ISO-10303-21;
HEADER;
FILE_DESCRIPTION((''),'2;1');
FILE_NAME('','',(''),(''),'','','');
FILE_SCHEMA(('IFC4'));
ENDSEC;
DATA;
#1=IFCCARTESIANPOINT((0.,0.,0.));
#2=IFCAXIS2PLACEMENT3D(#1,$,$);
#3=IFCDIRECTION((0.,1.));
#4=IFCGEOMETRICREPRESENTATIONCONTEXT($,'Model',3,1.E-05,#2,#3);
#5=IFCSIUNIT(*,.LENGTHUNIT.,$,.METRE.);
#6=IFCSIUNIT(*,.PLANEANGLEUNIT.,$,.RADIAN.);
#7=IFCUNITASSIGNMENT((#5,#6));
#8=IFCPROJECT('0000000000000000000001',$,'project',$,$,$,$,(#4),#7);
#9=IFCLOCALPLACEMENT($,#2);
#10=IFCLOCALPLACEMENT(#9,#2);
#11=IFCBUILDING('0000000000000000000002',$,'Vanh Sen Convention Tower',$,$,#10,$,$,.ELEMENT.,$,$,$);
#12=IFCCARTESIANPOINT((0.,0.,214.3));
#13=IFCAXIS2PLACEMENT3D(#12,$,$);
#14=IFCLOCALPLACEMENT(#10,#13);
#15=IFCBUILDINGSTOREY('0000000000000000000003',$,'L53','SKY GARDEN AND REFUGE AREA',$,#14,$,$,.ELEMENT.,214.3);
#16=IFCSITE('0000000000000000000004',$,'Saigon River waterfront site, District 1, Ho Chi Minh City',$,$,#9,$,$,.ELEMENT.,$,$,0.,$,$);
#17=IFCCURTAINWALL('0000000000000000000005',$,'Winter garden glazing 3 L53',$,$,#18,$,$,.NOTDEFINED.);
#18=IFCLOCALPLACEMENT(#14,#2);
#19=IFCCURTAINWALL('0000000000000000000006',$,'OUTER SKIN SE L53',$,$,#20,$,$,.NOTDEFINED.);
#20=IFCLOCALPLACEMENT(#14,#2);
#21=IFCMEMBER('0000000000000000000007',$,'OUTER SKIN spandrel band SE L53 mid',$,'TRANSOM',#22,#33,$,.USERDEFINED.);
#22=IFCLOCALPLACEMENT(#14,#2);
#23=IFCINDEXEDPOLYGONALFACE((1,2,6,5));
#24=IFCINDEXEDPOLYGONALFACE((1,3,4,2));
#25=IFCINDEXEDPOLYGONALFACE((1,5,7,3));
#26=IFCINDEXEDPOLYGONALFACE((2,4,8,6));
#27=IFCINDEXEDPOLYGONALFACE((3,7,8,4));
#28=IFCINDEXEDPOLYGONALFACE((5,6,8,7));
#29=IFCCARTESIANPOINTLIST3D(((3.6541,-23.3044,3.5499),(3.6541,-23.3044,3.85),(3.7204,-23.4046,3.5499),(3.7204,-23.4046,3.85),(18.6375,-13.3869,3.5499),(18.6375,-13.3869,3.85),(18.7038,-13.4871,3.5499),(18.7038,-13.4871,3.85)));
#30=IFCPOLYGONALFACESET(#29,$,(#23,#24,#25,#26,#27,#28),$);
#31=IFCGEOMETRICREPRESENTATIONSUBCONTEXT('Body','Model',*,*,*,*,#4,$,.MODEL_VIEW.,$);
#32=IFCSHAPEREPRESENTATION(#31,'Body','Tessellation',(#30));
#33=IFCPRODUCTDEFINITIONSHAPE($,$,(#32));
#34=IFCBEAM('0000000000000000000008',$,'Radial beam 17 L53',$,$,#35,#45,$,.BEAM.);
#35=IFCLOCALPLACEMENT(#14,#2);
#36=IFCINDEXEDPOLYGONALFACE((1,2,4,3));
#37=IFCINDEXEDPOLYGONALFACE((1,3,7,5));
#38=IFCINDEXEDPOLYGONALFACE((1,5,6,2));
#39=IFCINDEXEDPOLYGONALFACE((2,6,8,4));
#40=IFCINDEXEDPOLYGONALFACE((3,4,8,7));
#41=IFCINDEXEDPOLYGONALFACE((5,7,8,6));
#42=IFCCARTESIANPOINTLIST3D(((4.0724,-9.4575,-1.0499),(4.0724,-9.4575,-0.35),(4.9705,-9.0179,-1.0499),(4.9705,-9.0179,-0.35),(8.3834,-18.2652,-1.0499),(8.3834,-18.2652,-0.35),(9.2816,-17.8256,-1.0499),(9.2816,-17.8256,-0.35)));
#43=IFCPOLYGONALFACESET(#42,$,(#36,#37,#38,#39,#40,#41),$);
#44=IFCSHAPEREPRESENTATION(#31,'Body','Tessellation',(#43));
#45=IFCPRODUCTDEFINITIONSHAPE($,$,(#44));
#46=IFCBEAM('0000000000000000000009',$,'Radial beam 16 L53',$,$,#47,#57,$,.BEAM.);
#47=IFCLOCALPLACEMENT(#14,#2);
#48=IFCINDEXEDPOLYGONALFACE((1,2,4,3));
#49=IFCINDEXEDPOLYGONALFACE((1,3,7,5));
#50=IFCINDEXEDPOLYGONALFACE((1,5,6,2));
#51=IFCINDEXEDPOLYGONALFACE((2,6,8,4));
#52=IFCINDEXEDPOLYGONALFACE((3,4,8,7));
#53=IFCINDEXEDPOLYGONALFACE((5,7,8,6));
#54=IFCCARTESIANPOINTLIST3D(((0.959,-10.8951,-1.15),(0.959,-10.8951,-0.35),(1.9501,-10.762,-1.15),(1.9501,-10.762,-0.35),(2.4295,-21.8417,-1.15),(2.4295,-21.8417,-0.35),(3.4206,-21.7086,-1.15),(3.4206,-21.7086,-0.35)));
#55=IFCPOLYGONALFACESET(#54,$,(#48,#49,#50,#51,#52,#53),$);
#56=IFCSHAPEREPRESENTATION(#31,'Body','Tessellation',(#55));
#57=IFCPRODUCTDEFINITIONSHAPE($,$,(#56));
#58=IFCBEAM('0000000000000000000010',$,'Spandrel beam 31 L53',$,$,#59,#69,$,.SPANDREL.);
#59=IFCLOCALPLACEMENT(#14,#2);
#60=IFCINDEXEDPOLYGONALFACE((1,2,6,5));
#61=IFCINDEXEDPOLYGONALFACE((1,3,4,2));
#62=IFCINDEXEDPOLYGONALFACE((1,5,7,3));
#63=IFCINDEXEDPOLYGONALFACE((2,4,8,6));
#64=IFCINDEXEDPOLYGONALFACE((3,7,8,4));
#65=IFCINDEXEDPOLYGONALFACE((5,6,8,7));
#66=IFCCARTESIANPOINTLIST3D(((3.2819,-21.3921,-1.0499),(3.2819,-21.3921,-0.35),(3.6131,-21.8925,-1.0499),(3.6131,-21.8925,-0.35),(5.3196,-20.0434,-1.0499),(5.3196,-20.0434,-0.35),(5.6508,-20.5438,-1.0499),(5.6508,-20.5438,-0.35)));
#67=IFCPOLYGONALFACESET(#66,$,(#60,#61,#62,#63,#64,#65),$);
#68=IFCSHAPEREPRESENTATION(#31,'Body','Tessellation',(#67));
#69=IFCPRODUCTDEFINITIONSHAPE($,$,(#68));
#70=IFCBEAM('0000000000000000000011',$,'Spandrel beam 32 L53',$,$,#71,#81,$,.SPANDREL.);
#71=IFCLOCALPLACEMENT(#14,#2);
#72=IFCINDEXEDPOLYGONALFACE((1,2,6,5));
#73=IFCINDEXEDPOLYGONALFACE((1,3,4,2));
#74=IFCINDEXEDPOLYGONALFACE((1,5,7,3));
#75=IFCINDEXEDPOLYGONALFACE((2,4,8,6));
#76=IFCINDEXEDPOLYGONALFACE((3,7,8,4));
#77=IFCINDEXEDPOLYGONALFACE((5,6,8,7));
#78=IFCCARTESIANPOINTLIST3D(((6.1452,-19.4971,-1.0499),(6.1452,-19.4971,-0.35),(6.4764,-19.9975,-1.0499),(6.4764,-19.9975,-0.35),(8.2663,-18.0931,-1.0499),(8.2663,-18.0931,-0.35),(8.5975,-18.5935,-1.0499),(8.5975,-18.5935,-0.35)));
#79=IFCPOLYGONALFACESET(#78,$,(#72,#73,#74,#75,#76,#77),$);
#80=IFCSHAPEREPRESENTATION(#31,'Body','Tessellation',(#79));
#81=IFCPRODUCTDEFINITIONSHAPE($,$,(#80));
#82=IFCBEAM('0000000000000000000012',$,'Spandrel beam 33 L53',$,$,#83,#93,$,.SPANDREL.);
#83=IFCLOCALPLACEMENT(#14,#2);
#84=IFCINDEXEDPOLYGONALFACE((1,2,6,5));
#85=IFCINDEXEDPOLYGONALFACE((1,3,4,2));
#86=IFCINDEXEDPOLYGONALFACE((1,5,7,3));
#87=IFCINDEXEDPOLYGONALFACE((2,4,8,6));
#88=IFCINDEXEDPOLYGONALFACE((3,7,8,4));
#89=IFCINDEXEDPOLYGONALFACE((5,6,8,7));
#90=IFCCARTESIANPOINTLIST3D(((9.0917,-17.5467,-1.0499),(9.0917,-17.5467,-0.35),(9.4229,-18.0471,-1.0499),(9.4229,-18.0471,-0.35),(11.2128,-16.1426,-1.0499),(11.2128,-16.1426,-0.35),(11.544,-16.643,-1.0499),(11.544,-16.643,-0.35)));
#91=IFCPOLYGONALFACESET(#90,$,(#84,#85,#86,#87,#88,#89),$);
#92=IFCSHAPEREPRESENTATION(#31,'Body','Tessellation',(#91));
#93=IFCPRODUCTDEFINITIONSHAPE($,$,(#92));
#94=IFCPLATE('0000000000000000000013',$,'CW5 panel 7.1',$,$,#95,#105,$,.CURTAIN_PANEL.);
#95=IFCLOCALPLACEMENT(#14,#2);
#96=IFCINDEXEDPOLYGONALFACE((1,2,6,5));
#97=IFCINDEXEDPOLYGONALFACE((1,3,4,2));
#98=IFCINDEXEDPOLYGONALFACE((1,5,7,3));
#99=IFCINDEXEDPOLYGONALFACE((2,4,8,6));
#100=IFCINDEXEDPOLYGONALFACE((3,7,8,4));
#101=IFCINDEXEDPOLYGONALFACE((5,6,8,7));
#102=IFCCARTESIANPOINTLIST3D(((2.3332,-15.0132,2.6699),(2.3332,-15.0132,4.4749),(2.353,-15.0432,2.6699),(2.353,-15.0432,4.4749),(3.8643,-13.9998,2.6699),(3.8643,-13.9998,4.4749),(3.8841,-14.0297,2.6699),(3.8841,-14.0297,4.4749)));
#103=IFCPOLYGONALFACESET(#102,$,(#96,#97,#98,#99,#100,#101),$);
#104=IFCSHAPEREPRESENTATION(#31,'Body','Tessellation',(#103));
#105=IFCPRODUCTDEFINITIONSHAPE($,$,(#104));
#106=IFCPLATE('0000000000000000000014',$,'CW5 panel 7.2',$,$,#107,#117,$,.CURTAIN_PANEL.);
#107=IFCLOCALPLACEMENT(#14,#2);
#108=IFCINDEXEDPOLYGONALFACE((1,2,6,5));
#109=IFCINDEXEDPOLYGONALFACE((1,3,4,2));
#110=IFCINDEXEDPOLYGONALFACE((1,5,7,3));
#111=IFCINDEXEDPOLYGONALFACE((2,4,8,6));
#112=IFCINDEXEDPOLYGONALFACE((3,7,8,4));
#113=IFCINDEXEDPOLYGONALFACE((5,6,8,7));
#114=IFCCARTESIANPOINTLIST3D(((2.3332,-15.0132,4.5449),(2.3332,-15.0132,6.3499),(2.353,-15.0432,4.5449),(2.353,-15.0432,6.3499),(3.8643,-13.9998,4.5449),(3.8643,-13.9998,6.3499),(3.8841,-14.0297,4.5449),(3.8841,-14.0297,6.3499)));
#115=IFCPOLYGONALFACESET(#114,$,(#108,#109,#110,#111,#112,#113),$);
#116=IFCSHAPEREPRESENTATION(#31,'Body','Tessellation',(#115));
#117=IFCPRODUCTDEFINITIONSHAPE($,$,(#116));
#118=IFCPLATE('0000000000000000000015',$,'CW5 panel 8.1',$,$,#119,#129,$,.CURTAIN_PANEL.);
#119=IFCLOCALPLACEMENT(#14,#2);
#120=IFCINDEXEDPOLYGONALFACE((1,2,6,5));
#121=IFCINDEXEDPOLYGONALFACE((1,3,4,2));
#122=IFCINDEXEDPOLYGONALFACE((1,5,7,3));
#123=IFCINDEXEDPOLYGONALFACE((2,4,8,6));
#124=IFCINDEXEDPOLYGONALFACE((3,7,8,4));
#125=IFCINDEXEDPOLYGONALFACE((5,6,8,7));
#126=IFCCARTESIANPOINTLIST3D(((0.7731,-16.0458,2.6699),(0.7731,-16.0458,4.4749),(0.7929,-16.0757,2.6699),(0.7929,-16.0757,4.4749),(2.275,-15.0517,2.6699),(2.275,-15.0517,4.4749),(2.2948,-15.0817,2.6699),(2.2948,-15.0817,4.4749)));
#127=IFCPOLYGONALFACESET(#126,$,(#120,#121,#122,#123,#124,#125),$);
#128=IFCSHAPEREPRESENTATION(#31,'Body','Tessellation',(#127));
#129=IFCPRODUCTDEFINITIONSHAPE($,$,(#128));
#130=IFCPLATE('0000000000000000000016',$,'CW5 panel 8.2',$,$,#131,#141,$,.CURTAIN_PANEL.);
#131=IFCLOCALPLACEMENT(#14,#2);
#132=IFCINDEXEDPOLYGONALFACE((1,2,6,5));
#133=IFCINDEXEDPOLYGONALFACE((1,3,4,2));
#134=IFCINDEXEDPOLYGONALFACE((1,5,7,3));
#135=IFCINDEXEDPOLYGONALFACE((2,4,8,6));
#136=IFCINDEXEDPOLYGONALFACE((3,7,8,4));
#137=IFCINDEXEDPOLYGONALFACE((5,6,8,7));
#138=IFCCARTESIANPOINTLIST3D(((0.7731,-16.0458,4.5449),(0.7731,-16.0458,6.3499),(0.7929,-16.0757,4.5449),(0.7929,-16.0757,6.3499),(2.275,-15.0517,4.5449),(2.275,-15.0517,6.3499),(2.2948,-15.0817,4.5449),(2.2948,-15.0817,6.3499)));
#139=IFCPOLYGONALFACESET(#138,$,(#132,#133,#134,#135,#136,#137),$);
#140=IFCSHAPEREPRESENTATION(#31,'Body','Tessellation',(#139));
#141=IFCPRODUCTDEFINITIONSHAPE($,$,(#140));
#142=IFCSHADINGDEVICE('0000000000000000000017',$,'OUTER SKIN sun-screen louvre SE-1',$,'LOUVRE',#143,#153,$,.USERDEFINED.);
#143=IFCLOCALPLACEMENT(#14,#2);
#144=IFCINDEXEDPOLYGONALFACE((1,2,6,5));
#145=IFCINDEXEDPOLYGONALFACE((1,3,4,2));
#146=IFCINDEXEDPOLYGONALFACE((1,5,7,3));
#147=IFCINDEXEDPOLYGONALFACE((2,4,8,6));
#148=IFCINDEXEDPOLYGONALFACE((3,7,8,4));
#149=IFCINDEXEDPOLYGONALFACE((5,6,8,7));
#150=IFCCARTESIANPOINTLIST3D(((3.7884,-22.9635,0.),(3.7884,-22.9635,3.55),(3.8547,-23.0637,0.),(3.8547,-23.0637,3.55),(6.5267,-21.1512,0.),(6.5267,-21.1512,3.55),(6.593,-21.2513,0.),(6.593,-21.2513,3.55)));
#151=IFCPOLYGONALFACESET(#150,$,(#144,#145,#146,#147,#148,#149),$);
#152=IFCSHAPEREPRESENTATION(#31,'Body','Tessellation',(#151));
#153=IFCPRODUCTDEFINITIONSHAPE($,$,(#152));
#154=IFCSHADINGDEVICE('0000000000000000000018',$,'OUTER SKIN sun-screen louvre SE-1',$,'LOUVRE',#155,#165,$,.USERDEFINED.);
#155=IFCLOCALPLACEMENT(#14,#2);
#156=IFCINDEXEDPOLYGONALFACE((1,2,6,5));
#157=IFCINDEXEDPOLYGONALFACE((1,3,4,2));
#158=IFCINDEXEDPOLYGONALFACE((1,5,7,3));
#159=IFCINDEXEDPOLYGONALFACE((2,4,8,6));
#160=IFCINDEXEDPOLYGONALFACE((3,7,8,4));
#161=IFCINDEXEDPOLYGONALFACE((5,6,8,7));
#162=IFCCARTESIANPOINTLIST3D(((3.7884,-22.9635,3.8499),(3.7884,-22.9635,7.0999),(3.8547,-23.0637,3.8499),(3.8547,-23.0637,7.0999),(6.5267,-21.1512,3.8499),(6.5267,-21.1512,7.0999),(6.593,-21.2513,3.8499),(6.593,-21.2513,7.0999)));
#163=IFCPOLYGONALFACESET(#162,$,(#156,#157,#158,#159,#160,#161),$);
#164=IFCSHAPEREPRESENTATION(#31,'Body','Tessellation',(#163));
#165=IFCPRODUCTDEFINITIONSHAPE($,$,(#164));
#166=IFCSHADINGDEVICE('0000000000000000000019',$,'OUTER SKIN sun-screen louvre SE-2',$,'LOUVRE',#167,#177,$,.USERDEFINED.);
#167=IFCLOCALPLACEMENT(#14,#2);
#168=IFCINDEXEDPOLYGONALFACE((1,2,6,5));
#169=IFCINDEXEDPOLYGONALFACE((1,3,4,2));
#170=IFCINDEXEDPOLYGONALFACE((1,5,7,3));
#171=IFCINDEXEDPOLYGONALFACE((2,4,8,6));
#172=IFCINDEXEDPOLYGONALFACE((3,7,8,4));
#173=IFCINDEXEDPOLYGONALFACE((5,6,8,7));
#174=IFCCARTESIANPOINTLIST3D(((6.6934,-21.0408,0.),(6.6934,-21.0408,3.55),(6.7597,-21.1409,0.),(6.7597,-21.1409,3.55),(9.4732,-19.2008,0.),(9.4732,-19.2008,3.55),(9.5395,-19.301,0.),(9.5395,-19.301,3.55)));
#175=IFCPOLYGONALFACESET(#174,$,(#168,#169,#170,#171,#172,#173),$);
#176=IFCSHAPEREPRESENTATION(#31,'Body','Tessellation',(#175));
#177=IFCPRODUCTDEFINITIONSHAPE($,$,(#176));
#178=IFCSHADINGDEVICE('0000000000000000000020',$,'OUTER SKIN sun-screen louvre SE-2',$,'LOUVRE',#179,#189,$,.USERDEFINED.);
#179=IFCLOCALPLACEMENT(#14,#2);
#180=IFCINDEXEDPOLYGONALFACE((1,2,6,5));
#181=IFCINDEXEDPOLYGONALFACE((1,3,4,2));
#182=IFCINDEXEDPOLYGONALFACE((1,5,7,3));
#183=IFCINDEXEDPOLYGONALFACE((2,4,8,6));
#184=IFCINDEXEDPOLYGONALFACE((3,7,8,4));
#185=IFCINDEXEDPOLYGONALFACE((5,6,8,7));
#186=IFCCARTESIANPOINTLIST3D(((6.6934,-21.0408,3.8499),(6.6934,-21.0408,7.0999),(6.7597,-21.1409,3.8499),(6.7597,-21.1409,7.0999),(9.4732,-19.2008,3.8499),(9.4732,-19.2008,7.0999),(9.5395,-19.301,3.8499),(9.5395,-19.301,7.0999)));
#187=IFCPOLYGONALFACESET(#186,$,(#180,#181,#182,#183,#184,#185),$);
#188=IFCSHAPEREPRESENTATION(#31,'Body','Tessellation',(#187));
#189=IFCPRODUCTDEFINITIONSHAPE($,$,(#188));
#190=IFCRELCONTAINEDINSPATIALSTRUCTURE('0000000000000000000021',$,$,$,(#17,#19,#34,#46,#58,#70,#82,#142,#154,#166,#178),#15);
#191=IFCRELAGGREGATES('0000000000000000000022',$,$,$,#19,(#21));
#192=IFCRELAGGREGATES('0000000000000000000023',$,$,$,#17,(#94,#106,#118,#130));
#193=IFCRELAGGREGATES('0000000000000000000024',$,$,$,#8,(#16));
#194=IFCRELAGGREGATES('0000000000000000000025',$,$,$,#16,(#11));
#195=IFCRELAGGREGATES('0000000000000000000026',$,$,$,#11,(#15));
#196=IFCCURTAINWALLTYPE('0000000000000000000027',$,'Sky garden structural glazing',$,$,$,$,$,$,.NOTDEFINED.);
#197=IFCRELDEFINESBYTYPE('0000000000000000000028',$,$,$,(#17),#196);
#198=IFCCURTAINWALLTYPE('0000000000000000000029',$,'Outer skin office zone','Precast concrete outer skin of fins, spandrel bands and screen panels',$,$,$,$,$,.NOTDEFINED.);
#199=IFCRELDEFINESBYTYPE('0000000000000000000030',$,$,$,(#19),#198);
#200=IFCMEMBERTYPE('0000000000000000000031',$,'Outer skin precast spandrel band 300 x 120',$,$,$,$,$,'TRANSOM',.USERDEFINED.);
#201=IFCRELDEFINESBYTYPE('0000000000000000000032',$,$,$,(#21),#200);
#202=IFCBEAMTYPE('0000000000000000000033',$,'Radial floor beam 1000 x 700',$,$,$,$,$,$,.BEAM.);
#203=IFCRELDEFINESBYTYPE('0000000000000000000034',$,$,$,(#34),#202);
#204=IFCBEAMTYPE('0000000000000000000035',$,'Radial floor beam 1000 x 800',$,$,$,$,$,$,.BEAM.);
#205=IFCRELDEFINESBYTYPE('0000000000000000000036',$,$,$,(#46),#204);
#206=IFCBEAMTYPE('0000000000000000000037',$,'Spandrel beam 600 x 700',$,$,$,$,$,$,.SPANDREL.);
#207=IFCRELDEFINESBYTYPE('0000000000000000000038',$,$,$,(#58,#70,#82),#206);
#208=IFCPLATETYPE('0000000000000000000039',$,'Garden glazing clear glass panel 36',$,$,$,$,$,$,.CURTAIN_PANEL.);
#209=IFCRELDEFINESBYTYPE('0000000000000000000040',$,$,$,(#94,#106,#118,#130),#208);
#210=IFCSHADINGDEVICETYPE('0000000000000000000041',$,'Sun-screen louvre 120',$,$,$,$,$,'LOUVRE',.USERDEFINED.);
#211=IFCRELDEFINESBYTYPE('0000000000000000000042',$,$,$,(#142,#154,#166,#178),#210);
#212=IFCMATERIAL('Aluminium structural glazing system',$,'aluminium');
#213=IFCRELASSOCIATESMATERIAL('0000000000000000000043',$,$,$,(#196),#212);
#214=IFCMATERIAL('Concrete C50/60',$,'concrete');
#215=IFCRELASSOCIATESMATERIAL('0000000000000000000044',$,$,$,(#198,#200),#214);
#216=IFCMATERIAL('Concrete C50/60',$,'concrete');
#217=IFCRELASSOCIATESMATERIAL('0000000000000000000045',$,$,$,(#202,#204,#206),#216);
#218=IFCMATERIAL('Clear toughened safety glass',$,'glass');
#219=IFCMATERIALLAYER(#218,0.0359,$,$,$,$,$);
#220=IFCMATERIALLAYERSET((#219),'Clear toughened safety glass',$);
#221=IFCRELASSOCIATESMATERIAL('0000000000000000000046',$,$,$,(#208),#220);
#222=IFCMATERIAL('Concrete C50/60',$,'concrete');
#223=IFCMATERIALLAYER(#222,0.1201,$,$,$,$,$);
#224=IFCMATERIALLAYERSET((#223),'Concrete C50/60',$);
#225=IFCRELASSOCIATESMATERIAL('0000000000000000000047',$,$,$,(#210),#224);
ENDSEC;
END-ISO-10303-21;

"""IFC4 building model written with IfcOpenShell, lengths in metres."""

from ifc_helpers import new_model, si_unit, direction, frame, origin, origin_2d, place, context, subcontext, project, spatial, rectangle, extrude, material, layer, layer_set, material_profile, profile_set, type_object, element, aggregate, save


model = new_model("IFC4")

# Units and contexts
model_context = context("Model", 3, precision=1e-05, world=origin(), true_north=direction((0.0, 1.0)))
body_context = subcontext(model_context, "Body", "Model", "MODEL_VIEW")
ifc_project = project(units=[si_unit("LENGTHUNIT", "METRE"), si_unit("PLANEANGLEUNIT", "RADIAN")], contexts=[model_context])

# Site, building, storey
site_placement = place(None, origin())
site = spatial("IfcSite", under=ifc_project, at=site_placement, Name="Saigon River waterfront site, District 1, Ho Chi Minh City", CompositionType="ELEMENT", RefElevation=0.0)
building_placement = place(site_placement, origin())
building = spatial("IfcBuilding", under=site, at=building_placement, Name="Vanh Sen Convention Tower", CompositionType="ELEMENT")
storey_placement = place(building_placement, frame((0.0, 0.0, 214.3)))
storey = spatial("IfcBuildingStorey", under=building, at=storey_placement, Name="L53", Description="SKY GARDEN AND REFUGE AREA", CompositionType="ELEMENT", Elevation=214.3)

# Curtain walls, member
ifc_material_1 = material(Name="Aluminium structural glazing system", Category="aluminium")
curtain_wall_type_1 = type_object("IfcCurtainWallType", Name="Sky garden structural glazing", PredefinedType="NOTDEFINED", material=ifc_material_1)
curtain_wall_1_placement = place(storey_placement, origin())
curtain_wall_1 = element("IfcCurtainWall", 1, at=curtain_wall_1_placement, inside=storey, type_object=curtain_wall_type_1, Name="Winter garden glazing 3 L53", PredefinedType="NOTDEFINED")
ifc_material_2 = material(Name="Concrete C50/60", Category="concrete")
curtain_wall_type_2 = type_object("IfcCurtainWallType", Name="Outer skin office zone", Description="Precast concrete outer skin of fins, spandrel bands and screen panels", PredefinedType="NOTDEFINED", material=ifc_material_2)
curtain_wall_2_placement = place(storey_placement, origin())
curtain_wall_2 = element("IfcCurtainWall", 2, at=curtain_wall_2_placement, inside=storey, type_object=curtain_wall_type_2, Name="OUTER SKIN SE L53", PredefinedType="NOTDEFINED")
ifc_material_profile_1 = material_profile(ifc_material_2, rectangle(XDim=0.1201, YDim=0.3, at=origin_2d()), Name="Outer skin precast spandrel band 300 x 120")
ifc_profile_set_1 = profile_set([ifc_material_profile_1], Name="Concrete C50/60")
member_type_1 = type_object("IfcMemberType", Name="Outer skin precast spandrel band 300 x 120", ElementType="TRANSOM", PredefinedType="USERDEFINED", material=ifc_profile_set_1)
member_1_placement = place(storey_placement, frame((3.6873, -23.3545, 3.7), z_axis=(0.833881, 0.551944, 0.0), x_axis=(-0.551944, 0.833881, 0.0)))
member_1 = element("IfcMember", 3, at=member_1_placement, type_object=member_type_1, Name="OUTER SKIN spandrel band SE L53 mid", ObjectType="TRANSOM", PredefinedType="USERDEFINED", context=body_context, shape_type="SweptSolid", body=[
    extrude(rectangle(XDim=0.1201, YDim=0.3, at=origin_2d()), origin(), (0.0, 0.0, 1.0), 17.9683),
])
aggregate(curtain_wall_2, [member_1])

# Beams
ifc_material_3 = material(Name="Concrete C50/60", Category="concrete")
ifc_material_profile_2 = material_profile(ifc_material_3, rectangle(XDim=1.0, YDim=0.7, at=origin_2d()), Name="RC 1000X700")
ifc_profile_set_2 = profile_set([ifc_material_profile_2], Name="Concrete C50/60")
beam_type_1 = type_object("IfcBeamType", Name="Radial floor beam 1000 x 700", PredefinedType="BEAM", material=ifc_profile_set_2)
beam_1_placement = place(storey_placement, frame((8.8325, -18.0454, -0.7), z_axis=(-0.439629, 0.898179, 0.0), x_axis=(-0.898179, -0.439629, 0.0)))
element("IfcBeam", 4, at=beam_1_placement, inside=storey, type_object=beam_type_1, Name="Radial beam 17 L53", PredefinedType="BEAM", context=body_context, shape_type="SweptSolid", body=[
    extrude(rectangle(XDim=1.0, YDim=0.7, at=origin_2d()), origin(), (0.0, 0.0, 1.0), 9.8062),
])
ifc_material_profile_3 = material_profile(ifc_material_3, rectangle(XDim=1.0, YDim=0.8, at=origin_2d()), Name="RC 1000X800")
ifc_profile_set_3 = profile_set([ifc_material_profile_3], Name="Concrete C50/60")
beam_type_2 = type_object("IfcBeamType", Name="Radial floor beam 1000 x 800", PredefinedType="BEAM", material=ifc_profile_set_3)
beam_2_placement = place(storey_placement, frame((2.925, -21.7751, -0.75), z_axis=(-0.133135, 0.991098, 0.0), x_axis=(-0.991098, -0.133135, 0.0)))
element("IfcBeam", 5, at=beam_2_placement, inside=storey, type_object=beam_type_2, Name="Radial beam 16 L53", PredefinedType="BEAM", context=body_context, shape_type="SweptSolid", body=[
    extrude(rectangle(XDim=1.0, YDim=0.8, at=origin_2d()), origin(), (0.0, 0.0, 1.0), 11.0449),
])
ifc_material_profile_4 = material_profile(ifc_material_3, rectangle(XDim=0.6001, YDim=0.7, at=origin_2d()), Name="RC 600X700")
ifc_profile_set_4 = profile_set([ifc_material_profile_4], Name="Concrete C50/60")
beam_type_3 = type_object("IfcBeamType", Name="Spandrel beam 600 x 700", PredefinedType="SPANDREL", material=ifc_profile_set_4)
beam_3_placement = place(storey_placement, frame((3.4475, -21.6423, -0.7), z_axis=(0.83389, 0.55193, 0.0), x_axis=(-0.55193, 0.83389, 0.0)))
element("IfcBeam", 6, at=beam_3_placement, inside=storey, type_object=beam_type_3, Name="Spandrel beam 31 L53", PredefinedType="SPANDREL", context=body_context, shape_type="SweptSolid", body=[
    extrude(rectangle(XDim=0.6001, YDim=0.7, at=origin_2d()), origin(), (0.0, 0.0, 1.0), 2.4436),
])
for number, where, z_axis, x_axis, name in (
    (7, (6.3108, -19.7473, -0.7), (0.833862, 0.551973, 0.0), (-0.551973, 0.833862, 0.0), "Spandrel beam 32 L53"),
    (8, (9.2573, -17.7969, -0.7), (0.833862, 0.551973, 0.0), (-0.551973, 0.833862, 0.0), "Spandrel beam 33 L53"),
):
    element("IfcBeam", number, at=place(storey_placement, frame(where, z_axis=z_axis, x_axis=x_axis)), inside=storey, type_object=beam_type_3, Name=name, PredefinedType="SPANDREL", context=body_context, shape_type="SweptSolid", body=[
        extrude(rectangle(XDim=0.6001, YDim=0.7, at=origin_2d()), origin(), (0.0, 0.0, 1.0), 2.5437),
    ])

# Plates
ifc_material_4 = material(Name="Clear toughened safety glass", Category="glass")
ifc_layer_1 = layer(ifc_material_4, 0.0359)
ifc_layer_set_1 = layer_set([ifc_layer_1], Name="Clear toughened safety glass")
plate_type = type_object("IfcPlateType", Name="Garden glazing clear glass panel 36", PredefinedType="CURTAIN_PANEL", material=ifc_layer_set_1)
plate_1_placement = place(storey_placement, frame((3.1086, -14.5215, 2.6699), z_axis=(0.0, 0.0, 1.0), x_axis=(-0.833889, -0.551932, 0.0)))
plate_1 = element("IfcPlate", 9, at=plate_1_placement, type_object=plate_type, Name="CW5 panel 7.1", PredefinedType="CURTAIN_PANEL", context=body_context, shape_type="SweptSolid", body=[
    extrude(rectangle(XDim=1.8362, YDim=0.0359, at=origin_2d()), origin(), (0.0, 0.0, 1.0), 1.8049),
])
plate_2_placement = place(storey_placement, frame((3.1086, -14.5215, 4.5449), z_axis=(0.0, 0.0, 1.0), x_axis=(-0.833889, -0.551932, 0.0)))
plate_2 = element("IfcPlate", 10, at=plate_2_placement, type_object=plate_type, Name="CW5 panel 7.2", PredefinedType="CURTAIN_PANEL", context=body_context, shape_type="SweptSolid", body=[
    extrude(rectangle(XDim=1.8362, YDim=0.0359, at=origin_2d()), origin(), (0.0, 0.0, 1.0), 1.8049),
])
plate_3_placement = place(storey_placement, frame((1.5339, -15.5637, 2.6699), z_axis=(0.0, 0.0, 1.0), x_axis=(-0.833889, -0.551932, 0.0)))
plate_3 = element("IfcPlate", 11, at=plate_3_placement, type_object=plate_type, Name="CW5 panel 8.1", PredefinedType="CURTAIN_PANEL", context=body_context, shape_type="SweptSolid", body=[
    extrude(rectangle(XDim=1.801, YDim=0.0359, at=origin_2d()), origin(), (0.0, 0.0, 1.0), 1.8049),
])
plate_4_placement = place(storey_placement, frame((1.5339, -15.5637, 4.5449), z_axis=(0.0, 0.0, 1.0), x_axis=(-0.833889, -0.551932, 0.0)))
plate_4 = element("IfcPlate", 12, at=plate_4_placement, type_object=plate_type, Name="CW5 panel 8.2", PredefinedType="CURTAIN_PANEL", context=body_context, shape_type="SweptSolid", body=[
    extrude(rectangle(XDim=1.801, YDim=0.0359, at=origin_2d()), origin(), (0.0, 0.0, 1.0), 1.8049),
])
aggregate(curtain_wall_1, [plate_1, plate_2, plate_3, plate_4])

# Shading devices
ifc_material_5 = material(Name="Concrete C50/60", Category="concrete")
ifc_layer_2 = layer(ifc_material_5, 0.1201)
ifc_layer_set_2 = layer_set([ifc_layer_2], Name="Concrete C50/60")
shading_device_type = type_object("IfcShadingDeviceType", Name="Sun-screen louvre 120", ElementType="LOUVRE", PredefinedType="USERDEFINED", material=ifc_layer_set_2)
shading_device_1_placement = place(storey_placement, frame((5.1907, -22.1074, 0.0), z_axis=(0.0, 0.0, 1.0), x_axis=(0.833896, 0.551921, 0.0)))
element("IfcShadingDevice", 13, at=shading_device_1_placement, inside=storey, type_object=shading_device_type, Name="OUTER SKIN sun-screen louvre SE-1", ObjectType="LOUVRE", PredefinedType="USERDEFINED", context=body_context, shape_type="SweptSolid", body=[
    extrude(rectangle(XDim=3.2837, YDim=0.1201, at=origin_2d()), origin(), (0.0, 0.0, 1.0), 3.55),
])
shading_device_2_placement = place(storey_placement, frame((5.1907, -22.1074, 3.8499), z_axis=(0.0, 0.0, 1.0), x_axis=(0.833896, 0.551921, 0.0)))
element("IfcShadingDevice", 14, at=shading_device_2_placement, inside=storey, type_object=shading_device_type, Name="OUTER SKIN sun-screen louvre SE-1", ObjectType="LOUVRE", PredefinedType="USERDEFINED", context=body_context, shape_type="SweptSolid", body=[
    extrude(rectangle(XDim=3.2837, YDim=0.1201, at=origin_2d()), origin(), (0.0, 0.0, 1.0), 3.25),
])
shading_device_3_placement = place(storey_placement, frame((8.1165, -20.1709, 0.0), z_axis=(0.0, 0.0, 1.0), x_axis=(0.833874, 0.551954, 0.0)))
element("IfcShadingDevice", 15, at=shading_device_3_placement, inside=storey, type_object=shading_device_type, Name="OUTER SKIN sun-screen louvre SE-2", ObjectType="LOUVRE", PredefinedType="USERDEFINED", context=body_context, shape_type="SweptSolid", body=[
    extrude(rectangle(XDim=3.3335, YDim=0.1201, at=origin_2d()), origin(), (0.0, 0.0, 1.0), 3.55),
])
shading_device_4_placement = place(storey_placement, frame((8.1165, -20.1709, 3.8499), z_axis=(0.0, 0.0, 1.0), x_axis=(0.833874, 0.551954, 0.0)))
element("IfcShadingDevice", 16, at=shading_device_4_placement, inside=storey, type_object=shading_device_type, Name="OUTER SKIN sun-screen louvre SE-2", ObjectType="LOUVRE", PredefinedType="USERDEFINED", context=body_context, shape_type="SweptSolid", body=[
    extrude(rectangle(XDim=3.3335, YDim=0.1201, at=origin_2d()), origin(), (0.0, 0.0, 1.0), 3.25),
])

save(model, "model.ifc")
